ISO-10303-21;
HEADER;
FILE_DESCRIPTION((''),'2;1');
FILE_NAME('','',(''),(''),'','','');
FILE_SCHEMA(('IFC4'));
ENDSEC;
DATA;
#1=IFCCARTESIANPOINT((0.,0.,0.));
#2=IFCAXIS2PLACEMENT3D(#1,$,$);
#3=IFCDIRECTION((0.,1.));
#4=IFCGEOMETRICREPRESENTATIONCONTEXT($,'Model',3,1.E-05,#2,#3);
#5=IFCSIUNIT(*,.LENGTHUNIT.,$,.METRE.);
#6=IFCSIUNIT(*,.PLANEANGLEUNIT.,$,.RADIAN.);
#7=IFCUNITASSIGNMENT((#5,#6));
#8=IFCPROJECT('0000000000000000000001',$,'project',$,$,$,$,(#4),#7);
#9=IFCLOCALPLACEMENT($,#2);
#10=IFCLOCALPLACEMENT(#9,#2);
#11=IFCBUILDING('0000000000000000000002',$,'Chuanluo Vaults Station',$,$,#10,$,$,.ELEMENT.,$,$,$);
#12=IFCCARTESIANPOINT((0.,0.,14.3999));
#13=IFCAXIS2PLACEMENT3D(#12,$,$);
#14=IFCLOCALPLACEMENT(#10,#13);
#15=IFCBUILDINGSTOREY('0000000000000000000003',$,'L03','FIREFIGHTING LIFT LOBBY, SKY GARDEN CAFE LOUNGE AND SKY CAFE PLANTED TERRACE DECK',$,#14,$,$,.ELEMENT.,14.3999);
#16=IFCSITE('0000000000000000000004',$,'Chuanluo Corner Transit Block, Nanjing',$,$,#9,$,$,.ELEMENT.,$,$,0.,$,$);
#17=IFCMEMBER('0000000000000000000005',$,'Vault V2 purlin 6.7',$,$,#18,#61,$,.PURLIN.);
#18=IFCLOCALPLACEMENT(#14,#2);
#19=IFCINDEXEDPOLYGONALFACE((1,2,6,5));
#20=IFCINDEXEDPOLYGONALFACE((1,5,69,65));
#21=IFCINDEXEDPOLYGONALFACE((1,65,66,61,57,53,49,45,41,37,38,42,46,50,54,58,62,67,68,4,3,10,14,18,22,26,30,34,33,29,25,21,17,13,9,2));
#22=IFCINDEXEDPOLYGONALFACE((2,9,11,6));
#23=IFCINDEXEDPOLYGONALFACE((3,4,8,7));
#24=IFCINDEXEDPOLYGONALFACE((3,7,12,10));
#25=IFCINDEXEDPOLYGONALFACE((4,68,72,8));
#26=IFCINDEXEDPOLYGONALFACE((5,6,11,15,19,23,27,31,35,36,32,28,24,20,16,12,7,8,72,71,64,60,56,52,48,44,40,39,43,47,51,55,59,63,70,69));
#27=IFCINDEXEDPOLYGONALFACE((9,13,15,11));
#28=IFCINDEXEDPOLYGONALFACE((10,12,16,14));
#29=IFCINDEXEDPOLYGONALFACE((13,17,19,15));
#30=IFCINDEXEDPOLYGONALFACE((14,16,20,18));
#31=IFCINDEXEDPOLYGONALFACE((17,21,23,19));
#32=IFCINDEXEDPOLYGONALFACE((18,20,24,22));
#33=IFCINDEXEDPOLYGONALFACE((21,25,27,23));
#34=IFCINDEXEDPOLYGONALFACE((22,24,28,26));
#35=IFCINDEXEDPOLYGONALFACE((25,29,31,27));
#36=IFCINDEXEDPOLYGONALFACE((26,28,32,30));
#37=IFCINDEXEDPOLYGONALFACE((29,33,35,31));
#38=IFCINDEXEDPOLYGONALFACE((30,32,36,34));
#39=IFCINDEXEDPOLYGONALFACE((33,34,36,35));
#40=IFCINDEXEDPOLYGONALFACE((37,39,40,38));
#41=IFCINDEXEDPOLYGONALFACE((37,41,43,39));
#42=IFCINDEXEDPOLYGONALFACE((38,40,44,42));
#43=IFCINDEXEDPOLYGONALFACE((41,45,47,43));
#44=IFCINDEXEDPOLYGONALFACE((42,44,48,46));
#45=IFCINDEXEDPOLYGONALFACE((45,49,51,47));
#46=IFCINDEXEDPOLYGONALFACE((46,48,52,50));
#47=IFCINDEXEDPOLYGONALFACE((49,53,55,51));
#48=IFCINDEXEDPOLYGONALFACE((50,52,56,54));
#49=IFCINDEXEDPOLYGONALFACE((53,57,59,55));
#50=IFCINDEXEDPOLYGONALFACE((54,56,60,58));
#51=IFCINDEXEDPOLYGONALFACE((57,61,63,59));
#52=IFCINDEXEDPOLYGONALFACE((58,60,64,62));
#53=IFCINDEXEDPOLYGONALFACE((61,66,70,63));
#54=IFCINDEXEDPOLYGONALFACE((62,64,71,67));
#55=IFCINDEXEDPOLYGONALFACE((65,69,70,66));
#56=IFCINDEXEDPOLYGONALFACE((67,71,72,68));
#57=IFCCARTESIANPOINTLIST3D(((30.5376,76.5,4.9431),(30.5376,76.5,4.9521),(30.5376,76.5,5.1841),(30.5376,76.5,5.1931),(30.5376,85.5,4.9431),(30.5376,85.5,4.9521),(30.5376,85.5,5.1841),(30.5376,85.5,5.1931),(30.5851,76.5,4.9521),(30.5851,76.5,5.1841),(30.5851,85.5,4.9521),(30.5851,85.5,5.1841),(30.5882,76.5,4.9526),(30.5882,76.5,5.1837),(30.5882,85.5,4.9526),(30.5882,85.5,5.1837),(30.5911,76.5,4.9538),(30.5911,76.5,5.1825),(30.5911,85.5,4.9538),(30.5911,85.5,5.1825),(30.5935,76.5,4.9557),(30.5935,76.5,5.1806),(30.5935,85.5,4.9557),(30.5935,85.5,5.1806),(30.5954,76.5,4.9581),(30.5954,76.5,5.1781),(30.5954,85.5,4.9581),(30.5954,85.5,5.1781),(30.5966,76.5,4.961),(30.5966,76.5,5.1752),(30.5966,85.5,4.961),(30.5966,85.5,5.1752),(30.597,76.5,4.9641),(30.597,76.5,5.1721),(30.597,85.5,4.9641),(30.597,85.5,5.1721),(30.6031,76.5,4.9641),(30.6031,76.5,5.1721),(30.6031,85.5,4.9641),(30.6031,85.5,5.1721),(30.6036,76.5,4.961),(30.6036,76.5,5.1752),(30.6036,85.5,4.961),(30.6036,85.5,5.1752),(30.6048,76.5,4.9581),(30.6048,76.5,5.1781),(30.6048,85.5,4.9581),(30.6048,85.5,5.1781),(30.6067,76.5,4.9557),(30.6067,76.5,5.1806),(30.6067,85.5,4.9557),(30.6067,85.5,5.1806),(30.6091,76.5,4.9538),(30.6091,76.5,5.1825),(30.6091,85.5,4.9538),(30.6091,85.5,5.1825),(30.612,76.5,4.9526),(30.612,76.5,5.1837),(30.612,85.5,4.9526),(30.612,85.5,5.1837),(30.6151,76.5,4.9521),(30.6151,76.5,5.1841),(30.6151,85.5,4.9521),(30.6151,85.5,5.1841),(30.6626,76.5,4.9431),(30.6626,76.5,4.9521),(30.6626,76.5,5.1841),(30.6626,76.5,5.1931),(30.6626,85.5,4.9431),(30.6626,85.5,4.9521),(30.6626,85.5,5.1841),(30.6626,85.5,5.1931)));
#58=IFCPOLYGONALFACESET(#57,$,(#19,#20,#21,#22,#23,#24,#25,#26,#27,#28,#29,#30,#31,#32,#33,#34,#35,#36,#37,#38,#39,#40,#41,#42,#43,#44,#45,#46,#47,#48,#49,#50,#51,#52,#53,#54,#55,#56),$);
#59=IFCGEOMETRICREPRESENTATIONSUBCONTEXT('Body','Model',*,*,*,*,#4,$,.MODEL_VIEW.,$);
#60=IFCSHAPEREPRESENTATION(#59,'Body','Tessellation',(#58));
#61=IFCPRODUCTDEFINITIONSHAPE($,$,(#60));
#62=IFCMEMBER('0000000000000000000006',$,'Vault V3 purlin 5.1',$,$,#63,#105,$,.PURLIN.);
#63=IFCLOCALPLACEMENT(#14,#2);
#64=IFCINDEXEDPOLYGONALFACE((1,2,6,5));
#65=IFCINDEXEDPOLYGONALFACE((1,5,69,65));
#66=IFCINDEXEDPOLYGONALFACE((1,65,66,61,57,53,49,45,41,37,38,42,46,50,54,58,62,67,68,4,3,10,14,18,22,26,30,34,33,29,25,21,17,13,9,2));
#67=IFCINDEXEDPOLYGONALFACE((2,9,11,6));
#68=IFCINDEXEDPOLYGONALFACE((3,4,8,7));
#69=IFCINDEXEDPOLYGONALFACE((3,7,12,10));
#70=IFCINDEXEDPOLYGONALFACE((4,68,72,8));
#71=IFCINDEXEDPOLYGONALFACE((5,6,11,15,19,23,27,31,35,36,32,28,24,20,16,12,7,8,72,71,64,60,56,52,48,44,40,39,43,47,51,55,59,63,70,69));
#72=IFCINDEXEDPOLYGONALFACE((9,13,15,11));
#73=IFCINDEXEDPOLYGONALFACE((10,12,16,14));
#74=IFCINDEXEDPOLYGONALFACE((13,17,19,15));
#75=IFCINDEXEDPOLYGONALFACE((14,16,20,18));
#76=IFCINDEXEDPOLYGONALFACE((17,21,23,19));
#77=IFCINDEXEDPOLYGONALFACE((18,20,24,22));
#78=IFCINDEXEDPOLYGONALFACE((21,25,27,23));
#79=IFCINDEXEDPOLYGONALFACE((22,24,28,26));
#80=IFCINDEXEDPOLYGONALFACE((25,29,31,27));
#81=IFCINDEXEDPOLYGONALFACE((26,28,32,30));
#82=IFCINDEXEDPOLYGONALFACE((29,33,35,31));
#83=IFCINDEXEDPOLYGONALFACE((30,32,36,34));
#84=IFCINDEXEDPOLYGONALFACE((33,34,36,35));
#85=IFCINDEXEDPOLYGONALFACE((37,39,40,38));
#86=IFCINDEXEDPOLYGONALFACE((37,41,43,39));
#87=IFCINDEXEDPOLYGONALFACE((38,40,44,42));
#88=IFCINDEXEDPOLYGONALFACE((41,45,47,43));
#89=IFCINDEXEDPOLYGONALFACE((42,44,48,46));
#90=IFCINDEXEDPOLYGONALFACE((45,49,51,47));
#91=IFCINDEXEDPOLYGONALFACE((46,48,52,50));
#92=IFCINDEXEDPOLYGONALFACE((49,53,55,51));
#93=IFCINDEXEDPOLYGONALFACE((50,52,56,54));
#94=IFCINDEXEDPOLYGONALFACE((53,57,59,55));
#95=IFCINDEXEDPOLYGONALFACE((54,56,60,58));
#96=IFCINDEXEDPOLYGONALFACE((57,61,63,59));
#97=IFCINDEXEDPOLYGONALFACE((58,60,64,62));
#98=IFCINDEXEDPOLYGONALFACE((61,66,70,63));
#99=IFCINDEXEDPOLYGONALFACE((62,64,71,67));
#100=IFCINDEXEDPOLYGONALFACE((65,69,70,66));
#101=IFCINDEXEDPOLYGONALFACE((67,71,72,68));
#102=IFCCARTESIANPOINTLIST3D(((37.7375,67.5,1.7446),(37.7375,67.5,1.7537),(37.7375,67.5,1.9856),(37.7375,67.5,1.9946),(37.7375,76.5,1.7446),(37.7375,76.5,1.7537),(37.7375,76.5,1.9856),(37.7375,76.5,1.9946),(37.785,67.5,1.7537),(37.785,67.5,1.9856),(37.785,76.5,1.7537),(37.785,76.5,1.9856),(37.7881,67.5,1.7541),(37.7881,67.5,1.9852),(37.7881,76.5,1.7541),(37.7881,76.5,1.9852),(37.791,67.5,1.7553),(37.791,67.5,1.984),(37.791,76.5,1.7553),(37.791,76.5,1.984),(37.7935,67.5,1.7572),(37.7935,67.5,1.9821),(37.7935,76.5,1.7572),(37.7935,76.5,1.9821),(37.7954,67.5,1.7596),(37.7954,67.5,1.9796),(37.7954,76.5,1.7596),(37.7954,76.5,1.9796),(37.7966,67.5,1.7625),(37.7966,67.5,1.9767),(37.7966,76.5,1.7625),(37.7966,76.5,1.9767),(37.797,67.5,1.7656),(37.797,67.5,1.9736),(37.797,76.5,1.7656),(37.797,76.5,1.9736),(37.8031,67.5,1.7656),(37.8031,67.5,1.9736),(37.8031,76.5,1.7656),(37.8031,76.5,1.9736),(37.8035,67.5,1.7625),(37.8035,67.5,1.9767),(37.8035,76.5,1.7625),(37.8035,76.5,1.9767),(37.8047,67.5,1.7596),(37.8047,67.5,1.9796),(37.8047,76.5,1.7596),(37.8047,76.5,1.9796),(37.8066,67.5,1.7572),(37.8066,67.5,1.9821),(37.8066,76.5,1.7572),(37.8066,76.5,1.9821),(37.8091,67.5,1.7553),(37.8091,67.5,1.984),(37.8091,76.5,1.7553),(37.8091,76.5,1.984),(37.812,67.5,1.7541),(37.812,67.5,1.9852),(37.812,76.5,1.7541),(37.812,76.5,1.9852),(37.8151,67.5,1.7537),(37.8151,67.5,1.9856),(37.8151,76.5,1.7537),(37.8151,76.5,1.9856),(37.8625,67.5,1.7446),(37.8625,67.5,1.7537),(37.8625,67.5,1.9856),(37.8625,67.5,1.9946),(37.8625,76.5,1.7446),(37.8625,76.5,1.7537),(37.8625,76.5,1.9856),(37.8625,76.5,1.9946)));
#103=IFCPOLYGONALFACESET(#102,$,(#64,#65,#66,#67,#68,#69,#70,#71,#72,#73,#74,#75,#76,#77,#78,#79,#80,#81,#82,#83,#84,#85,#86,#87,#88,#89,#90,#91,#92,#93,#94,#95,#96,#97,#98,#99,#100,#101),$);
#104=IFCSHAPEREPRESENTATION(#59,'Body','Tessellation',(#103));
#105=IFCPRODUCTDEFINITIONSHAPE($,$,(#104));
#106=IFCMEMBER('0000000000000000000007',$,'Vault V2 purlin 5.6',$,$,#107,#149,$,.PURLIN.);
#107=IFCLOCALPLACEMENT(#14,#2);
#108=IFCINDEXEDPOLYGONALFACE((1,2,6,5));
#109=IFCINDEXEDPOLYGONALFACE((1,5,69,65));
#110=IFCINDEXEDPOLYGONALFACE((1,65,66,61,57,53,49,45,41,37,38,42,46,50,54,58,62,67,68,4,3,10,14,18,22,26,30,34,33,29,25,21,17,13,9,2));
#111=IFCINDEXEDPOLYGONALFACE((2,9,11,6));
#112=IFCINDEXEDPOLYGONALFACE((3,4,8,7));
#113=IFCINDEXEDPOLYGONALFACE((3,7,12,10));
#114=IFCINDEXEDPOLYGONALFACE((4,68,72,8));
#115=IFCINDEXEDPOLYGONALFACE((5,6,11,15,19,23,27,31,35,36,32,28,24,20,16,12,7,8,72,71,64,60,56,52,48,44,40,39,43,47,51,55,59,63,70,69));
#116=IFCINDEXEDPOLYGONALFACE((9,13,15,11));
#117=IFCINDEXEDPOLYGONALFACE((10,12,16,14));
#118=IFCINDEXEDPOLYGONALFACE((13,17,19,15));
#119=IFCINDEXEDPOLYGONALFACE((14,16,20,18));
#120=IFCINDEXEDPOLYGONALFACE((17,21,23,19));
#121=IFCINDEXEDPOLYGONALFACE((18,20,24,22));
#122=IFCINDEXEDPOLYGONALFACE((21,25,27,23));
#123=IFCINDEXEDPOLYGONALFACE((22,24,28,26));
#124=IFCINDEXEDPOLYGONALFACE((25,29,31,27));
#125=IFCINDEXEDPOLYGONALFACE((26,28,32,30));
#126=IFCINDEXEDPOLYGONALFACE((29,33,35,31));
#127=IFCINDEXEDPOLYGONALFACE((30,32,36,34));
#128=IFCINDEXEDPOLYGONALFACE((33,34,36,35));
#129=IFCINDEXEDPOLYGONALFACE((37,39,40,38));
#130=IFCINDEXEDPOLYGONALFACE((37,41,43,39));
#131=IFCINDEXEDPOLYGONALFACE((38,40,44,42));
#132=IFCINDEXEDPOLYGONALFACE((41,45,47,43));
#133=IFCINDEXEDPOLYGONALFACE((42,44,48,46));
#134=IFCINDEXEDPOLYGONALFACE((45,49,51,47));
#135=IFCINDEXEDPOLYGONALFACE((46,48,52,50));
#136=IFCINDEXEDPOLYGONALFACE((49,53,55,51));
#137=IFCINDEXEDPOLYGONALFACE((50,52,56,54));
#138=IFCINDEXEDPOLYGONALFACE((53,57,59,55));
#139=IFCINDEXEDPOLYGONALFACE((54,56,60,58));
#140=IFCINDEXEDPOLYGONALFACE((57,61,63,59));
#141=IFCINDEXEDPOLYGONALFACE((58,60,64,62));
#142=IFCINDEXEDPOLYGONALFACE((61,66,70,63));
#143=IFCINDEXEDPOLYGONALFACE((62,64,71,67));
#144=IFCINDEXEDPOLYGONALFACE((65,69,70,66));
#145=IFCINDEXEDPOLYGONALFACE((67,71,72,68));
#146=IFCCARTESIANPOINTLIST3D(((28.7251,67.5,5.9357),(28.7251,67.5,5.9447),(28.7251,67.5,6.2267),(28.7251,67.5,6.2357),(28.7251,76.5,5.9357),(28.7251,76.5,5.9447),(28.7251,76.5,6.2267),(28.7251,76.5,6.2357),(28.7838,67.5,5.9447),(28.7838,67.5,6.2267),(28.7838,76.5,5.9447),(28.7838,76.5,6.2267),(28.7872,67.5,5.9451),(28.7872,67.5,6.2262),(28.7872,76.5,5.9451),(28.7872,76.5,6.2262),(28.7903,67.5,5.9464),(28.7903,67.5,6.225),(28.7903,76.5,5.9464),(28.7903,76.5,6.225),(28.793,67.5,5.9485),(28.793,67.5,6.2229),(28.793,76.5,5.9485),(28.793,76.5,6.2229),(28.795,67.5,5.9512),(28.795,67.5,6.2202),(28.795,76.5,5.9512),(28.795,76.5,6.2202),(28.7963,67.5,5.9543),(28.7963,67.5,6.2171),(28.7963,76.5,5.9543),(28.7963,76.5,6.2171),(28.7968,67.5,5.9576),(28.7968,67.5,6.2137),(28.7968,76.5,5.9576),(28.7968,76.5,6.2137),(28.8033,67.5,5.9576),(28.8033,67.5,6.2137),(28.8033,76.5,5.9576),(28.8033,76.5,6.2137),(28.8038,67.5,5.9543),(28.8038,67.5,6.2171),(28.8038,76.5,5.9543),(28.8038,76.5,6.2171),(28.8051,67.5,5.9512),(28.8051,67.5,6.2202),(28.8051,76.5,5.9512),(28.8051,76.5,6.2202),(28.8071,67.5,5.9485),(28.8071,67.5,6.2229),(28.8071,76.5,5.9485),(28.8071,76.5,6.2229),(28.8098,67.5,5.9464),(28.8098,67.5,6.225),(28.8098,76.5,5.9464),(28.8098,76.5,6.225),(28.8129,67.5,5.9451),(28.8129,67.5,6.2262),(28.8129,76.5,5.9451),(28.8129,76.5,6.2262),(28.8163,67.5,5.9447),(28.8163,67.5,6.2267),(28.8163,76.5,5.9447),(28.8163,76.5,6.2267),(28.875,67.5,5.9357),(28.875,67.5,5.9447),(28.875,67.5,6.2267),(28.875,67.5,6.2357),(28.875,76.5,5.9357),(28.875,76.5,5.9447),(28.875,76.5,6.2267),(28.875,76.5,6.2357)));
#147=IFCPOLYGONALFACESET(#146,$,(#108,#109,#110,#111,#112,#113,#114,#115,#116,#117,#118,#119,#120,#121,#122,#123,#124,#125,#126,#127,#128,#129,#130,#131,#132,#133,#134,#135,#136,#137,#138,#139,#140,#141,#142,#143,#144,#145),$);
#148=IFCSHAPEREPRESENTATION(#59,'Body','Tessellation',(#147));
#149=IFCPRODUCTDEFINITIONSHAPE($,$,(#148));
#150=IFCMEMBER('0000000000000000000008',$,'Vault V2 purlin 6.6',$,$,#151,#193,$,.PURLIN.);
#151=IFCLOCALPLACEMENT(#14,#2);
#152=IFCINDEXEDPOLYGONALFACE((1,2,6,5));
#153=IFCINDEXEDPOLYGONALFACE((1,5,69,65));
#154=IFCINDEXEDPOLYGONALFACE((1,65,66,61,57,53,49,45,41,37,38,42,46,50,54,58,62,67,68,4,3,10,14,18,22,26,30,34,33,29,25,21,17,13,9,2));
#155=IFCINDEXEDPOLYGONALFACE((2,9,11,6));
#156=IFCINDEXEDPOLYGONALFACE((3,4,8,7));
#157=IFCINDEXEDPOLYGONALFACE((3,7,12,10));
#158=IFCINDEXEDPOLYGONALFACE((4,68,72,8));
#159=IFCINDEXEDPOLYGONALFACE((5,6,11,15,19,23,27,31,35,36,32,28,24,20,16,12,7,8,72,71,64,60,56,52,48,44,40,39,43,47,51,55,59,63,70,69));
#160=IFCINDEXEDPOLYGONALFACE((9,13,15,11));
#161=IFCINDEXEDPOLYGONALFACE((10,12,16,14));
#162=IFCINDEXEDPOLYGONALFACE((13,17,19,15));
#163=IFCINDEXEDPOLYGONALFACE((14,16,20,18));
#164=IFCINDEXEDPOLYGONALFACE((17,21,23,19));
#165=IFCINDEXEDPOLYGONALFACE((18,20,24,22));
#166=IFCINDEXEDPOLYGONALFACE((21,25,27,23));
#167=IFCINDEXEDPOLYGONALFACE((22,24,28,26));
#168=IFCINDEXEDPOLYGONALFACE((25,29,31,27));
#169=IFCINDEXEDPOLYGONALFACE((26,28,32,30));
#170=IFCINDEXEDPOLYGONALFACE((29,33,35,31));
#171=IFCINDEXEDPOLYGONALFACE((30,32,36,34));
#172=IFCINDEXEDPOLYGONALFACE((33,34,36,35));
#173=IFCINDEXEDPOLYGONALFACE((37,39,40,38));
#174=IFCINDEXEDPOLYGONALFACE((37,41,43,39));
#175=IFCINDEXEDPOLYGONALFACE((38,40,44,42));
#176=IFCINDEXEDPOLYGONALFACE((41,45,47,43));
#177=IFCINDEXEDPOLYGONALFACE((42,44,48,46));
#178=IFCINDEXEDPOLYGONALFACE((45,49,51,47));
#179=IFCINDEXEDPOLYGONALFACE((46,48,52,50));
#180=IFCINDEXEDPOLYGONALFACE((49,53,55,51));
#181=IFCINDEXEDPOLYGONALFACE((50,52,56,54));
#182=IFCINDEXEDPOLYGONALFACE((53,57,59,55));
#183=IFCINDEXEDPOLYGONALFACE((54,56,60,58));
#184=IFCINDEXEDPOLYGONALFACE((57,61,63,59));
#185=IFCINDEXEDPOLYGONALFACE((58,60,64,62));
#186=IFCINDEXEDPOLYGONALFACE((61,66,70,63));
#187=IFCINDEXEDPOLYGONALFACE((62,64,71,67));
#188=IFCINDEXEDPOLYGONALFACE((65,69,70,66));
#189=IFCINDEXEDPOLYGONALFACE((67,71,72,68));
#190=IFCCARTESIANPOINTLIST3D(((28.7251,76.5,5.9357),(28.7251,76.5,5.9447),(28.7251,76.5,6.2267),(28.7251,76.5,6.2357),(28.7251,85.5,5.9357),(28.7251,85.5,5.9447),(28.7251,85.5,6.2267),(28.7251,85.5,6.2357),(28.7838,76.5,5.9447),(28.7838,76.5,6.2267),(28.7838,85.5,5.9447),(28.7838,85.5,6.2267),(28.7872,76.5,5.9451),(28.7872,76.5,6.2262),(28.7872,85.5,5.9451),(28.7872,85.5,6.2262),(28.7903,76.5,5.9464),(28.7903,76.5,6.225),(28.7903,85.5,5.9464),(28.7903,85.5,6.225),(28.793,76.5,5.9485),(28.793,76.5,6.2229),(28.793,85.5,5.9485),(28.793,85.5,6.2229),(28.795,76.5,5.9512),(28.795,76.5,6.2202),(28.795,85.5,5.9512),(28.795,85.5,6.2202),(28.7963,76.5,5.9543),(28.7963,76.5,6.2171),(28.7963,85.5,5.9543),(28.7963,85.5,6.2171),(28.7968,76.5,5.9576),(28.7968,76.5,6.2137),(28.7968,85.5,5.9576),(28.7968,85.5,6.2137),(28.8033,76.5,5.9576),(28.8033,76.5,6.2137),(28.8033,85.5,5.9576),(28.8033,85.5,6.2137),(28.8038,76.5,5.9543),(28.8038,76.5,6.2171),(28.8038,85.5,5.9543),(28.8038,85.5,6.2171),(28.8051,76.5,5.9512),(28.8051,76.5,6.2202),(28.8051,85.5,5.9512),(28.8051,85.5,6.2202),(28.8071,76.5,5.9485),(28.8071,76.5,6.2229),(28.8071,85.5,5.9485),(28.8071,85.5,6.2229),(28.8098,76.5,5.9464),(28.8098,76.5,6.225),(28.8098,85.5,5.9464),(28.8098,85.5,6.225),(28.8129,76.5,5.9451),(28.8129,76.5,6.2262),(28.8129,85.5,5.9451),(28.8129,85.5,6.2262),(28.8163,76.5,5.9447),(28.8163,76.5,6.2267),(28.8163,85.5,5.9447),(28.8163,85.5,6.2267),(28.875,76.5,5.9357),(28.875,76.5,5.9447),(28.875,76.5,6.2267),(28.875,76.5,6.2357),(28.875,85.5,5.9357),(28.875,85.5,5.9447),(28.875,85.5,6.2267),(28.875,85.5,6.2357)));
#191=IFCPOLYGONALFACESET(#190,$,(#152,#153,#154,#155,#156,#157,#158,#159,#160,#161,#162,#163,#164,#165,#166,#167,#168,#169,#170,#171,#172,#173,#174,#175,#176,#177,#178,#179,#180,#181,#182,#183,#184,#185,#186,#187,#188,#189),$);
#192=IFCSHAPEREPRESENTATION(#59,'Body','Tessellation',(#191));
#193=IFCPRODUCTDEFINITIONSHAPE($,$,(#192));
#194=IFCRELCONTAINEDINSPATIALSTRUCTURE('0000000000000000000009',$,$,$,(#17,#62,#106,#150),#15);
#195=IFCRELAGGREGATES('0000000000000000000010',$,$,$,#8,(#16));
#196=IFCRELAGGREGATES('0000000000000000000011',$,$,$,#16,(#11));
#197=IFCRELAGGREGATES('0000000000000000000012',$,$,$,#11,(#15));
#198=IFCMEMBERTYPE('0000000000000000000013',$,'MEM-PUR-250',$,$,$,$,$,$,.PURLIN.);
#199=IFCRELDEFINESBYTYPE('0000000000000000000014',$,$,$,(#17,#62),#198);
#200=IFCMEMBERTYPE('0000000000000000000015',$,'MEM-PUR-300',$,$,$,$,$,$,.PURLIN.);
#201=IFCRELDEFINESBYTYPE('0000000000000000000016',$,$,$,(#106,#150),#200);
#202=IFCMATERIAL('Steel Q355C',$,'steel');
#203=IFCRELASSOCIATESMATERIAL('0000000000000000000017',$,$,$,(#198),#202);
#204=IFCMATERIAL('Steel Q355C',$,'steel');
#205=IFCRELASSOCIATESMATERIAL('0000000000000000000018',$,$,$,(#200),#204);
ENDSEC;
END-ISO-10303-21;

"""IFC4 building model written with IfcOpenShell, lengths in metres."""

from ifc_helpers import new_model, si_unit, direction, frame, origin, origin_2d, place, context, subcontext, project, spatial, i_section, extrude, material, material_profile, profile_set, type_object, element, save


model = new_model("IFC4")

# Units and contexts
model_context = context("Model", 3, precision=1e-05, world=origin(), true_north=direction((0.0, 1.0)))
body_context = subcontext(model_context, "Body", "Model", "MODEL_VIEW")
ifc_project = project(units=[si_unit("LENGTHUNIT", "METRE"), si_unit("PLANEANGLEUNIT", "RADIAN")], contexts=[model_context])

# Site, building, storey
site_placement = place(None, origin())
site = spatial("IfcSite", under=ifc_project, at=site_placement, Name="Chuanluo Corner Transit Block, Nanjing", CompositionType="ELEMENT", RefElevation=0.0)
building_placement = place(site_placement, origin())
building = spatial("IfcBuilding", under=site, at=building_placement, Name="Chuanluo Vaults Station", CompositionType="ELEMENT")
storey_placement = place(building_placement, frame((0.0, 0.0, 14.3999)))
storey = spatial("IfcBuildingStorey", under=building, at=storey_placement, Name="L03", Description="FIREFIGHTING LIFT LOBBY, SKY GARDEN CAFE LOUNGE AND SKY CAFE PLANTED TERRACE DECK", CompositionType="ELEMENT", Elevation=14.3999)

# Members
ifc_material_1 = material(Name="Steel Q355C", Category="steel")
ifc_material_profile_1 = material_profile(ifc_material_1, i_section(OverallWidth=0.125, OverallDepth=0.25, WebThickness=0.0061, FlangeThickness=0.009, FilletRadius=0.012, at=origin_2d()))
ifc_profile_set_1 = profile_set([ifc_material_profile_1], Name="Steel Q355C")
member_type_1 = type_object("IfcMemberType", Name="MEM-PUR-250", PredefinedType="PURLIN", material=ifc_profile_set_1)
for number, where, z_axis, x_axis, name in (
    (1, (30.6001, 76.5, 5.0681), (0.0, 1.0, 0.0), (-1.0, 0.0, 0.0), "Vault V2 purlin 6.7"),
    (2, (37.8, 67.5, 1.8696), (0.0, 1.0, 0.0), (-1.0, 0.0, 0.0), "Vault V3 purlin 5.1"),
):
    element("IfcMember", number, at=place(storey_placement, frame(where, z_axis=z_axis, x_axis=x_axis)), inside=storey, type_object=member_type_1, Name=name, PredefinedType="PURLIN", context=body_context, shape_type="SweptSolid", body=[
        extrude(i_section(OverallWidth=0.125, OverallDepth=0.25, WebThickness=0.0061, FlangeThickness=0.009, FilletRadius=0.012, at=origin_2d()), origin(), (0.0, 0.0, 1.0), 9.0),
    ])
ifc_material_2 = material(Name="Steel Q355C", Category="steel")
ifc_material_profile_2 = material_profile(ifc_material_2, i_section(OverallWidth=0.1499, OverallDepth=0.3, WebThickness=0.0066, FlangeThickness=0.009, FilletRadius=0.0129, at=origin_2d()))
ifc_profile_set_2 = profile_set([ifc_material_profile_2], Name="Steel Q355C")
member_type_2 = type_object("IfcMemberType", Name="MEM-PUR-300", PredefinedType="PURLIN", material=ifc_profile_set_2)
for number, where, z_axis, x_axis, name in (
    (3, (28.8, 67.5, 6.0857), (0.0, 1.0, 0.0), (-1.0, 0.0, 0.0), "Vault V2 purlin 5.6"),
    (4, (28.8, 76.5, 6.0857), (0.0, 1.0, 0.0), (-1.0, 0.0, 0.0), "Vault V2 purlin 6.6"),
):
    element("IfcMember", number, at=place(storey_placement, frame(where, z_axis=z_axis, x_axis=x_axis)), inside=storey, type_object=member_type_2, Name=name, PredefinedType="PURLIN", context=body_context, shape_type="SweptSolid", body=[
        extrude(i_section(OverallWidth=0.1499, OverallDepth=0.3, WebThickness=0.0066, FlangeThickness=0.009, FilletRadius=0.0129, at=origin_2d()), origin(), (0.0, 0.0, 1.0), 9.0),
    ])

save(model, "model.ifc")
